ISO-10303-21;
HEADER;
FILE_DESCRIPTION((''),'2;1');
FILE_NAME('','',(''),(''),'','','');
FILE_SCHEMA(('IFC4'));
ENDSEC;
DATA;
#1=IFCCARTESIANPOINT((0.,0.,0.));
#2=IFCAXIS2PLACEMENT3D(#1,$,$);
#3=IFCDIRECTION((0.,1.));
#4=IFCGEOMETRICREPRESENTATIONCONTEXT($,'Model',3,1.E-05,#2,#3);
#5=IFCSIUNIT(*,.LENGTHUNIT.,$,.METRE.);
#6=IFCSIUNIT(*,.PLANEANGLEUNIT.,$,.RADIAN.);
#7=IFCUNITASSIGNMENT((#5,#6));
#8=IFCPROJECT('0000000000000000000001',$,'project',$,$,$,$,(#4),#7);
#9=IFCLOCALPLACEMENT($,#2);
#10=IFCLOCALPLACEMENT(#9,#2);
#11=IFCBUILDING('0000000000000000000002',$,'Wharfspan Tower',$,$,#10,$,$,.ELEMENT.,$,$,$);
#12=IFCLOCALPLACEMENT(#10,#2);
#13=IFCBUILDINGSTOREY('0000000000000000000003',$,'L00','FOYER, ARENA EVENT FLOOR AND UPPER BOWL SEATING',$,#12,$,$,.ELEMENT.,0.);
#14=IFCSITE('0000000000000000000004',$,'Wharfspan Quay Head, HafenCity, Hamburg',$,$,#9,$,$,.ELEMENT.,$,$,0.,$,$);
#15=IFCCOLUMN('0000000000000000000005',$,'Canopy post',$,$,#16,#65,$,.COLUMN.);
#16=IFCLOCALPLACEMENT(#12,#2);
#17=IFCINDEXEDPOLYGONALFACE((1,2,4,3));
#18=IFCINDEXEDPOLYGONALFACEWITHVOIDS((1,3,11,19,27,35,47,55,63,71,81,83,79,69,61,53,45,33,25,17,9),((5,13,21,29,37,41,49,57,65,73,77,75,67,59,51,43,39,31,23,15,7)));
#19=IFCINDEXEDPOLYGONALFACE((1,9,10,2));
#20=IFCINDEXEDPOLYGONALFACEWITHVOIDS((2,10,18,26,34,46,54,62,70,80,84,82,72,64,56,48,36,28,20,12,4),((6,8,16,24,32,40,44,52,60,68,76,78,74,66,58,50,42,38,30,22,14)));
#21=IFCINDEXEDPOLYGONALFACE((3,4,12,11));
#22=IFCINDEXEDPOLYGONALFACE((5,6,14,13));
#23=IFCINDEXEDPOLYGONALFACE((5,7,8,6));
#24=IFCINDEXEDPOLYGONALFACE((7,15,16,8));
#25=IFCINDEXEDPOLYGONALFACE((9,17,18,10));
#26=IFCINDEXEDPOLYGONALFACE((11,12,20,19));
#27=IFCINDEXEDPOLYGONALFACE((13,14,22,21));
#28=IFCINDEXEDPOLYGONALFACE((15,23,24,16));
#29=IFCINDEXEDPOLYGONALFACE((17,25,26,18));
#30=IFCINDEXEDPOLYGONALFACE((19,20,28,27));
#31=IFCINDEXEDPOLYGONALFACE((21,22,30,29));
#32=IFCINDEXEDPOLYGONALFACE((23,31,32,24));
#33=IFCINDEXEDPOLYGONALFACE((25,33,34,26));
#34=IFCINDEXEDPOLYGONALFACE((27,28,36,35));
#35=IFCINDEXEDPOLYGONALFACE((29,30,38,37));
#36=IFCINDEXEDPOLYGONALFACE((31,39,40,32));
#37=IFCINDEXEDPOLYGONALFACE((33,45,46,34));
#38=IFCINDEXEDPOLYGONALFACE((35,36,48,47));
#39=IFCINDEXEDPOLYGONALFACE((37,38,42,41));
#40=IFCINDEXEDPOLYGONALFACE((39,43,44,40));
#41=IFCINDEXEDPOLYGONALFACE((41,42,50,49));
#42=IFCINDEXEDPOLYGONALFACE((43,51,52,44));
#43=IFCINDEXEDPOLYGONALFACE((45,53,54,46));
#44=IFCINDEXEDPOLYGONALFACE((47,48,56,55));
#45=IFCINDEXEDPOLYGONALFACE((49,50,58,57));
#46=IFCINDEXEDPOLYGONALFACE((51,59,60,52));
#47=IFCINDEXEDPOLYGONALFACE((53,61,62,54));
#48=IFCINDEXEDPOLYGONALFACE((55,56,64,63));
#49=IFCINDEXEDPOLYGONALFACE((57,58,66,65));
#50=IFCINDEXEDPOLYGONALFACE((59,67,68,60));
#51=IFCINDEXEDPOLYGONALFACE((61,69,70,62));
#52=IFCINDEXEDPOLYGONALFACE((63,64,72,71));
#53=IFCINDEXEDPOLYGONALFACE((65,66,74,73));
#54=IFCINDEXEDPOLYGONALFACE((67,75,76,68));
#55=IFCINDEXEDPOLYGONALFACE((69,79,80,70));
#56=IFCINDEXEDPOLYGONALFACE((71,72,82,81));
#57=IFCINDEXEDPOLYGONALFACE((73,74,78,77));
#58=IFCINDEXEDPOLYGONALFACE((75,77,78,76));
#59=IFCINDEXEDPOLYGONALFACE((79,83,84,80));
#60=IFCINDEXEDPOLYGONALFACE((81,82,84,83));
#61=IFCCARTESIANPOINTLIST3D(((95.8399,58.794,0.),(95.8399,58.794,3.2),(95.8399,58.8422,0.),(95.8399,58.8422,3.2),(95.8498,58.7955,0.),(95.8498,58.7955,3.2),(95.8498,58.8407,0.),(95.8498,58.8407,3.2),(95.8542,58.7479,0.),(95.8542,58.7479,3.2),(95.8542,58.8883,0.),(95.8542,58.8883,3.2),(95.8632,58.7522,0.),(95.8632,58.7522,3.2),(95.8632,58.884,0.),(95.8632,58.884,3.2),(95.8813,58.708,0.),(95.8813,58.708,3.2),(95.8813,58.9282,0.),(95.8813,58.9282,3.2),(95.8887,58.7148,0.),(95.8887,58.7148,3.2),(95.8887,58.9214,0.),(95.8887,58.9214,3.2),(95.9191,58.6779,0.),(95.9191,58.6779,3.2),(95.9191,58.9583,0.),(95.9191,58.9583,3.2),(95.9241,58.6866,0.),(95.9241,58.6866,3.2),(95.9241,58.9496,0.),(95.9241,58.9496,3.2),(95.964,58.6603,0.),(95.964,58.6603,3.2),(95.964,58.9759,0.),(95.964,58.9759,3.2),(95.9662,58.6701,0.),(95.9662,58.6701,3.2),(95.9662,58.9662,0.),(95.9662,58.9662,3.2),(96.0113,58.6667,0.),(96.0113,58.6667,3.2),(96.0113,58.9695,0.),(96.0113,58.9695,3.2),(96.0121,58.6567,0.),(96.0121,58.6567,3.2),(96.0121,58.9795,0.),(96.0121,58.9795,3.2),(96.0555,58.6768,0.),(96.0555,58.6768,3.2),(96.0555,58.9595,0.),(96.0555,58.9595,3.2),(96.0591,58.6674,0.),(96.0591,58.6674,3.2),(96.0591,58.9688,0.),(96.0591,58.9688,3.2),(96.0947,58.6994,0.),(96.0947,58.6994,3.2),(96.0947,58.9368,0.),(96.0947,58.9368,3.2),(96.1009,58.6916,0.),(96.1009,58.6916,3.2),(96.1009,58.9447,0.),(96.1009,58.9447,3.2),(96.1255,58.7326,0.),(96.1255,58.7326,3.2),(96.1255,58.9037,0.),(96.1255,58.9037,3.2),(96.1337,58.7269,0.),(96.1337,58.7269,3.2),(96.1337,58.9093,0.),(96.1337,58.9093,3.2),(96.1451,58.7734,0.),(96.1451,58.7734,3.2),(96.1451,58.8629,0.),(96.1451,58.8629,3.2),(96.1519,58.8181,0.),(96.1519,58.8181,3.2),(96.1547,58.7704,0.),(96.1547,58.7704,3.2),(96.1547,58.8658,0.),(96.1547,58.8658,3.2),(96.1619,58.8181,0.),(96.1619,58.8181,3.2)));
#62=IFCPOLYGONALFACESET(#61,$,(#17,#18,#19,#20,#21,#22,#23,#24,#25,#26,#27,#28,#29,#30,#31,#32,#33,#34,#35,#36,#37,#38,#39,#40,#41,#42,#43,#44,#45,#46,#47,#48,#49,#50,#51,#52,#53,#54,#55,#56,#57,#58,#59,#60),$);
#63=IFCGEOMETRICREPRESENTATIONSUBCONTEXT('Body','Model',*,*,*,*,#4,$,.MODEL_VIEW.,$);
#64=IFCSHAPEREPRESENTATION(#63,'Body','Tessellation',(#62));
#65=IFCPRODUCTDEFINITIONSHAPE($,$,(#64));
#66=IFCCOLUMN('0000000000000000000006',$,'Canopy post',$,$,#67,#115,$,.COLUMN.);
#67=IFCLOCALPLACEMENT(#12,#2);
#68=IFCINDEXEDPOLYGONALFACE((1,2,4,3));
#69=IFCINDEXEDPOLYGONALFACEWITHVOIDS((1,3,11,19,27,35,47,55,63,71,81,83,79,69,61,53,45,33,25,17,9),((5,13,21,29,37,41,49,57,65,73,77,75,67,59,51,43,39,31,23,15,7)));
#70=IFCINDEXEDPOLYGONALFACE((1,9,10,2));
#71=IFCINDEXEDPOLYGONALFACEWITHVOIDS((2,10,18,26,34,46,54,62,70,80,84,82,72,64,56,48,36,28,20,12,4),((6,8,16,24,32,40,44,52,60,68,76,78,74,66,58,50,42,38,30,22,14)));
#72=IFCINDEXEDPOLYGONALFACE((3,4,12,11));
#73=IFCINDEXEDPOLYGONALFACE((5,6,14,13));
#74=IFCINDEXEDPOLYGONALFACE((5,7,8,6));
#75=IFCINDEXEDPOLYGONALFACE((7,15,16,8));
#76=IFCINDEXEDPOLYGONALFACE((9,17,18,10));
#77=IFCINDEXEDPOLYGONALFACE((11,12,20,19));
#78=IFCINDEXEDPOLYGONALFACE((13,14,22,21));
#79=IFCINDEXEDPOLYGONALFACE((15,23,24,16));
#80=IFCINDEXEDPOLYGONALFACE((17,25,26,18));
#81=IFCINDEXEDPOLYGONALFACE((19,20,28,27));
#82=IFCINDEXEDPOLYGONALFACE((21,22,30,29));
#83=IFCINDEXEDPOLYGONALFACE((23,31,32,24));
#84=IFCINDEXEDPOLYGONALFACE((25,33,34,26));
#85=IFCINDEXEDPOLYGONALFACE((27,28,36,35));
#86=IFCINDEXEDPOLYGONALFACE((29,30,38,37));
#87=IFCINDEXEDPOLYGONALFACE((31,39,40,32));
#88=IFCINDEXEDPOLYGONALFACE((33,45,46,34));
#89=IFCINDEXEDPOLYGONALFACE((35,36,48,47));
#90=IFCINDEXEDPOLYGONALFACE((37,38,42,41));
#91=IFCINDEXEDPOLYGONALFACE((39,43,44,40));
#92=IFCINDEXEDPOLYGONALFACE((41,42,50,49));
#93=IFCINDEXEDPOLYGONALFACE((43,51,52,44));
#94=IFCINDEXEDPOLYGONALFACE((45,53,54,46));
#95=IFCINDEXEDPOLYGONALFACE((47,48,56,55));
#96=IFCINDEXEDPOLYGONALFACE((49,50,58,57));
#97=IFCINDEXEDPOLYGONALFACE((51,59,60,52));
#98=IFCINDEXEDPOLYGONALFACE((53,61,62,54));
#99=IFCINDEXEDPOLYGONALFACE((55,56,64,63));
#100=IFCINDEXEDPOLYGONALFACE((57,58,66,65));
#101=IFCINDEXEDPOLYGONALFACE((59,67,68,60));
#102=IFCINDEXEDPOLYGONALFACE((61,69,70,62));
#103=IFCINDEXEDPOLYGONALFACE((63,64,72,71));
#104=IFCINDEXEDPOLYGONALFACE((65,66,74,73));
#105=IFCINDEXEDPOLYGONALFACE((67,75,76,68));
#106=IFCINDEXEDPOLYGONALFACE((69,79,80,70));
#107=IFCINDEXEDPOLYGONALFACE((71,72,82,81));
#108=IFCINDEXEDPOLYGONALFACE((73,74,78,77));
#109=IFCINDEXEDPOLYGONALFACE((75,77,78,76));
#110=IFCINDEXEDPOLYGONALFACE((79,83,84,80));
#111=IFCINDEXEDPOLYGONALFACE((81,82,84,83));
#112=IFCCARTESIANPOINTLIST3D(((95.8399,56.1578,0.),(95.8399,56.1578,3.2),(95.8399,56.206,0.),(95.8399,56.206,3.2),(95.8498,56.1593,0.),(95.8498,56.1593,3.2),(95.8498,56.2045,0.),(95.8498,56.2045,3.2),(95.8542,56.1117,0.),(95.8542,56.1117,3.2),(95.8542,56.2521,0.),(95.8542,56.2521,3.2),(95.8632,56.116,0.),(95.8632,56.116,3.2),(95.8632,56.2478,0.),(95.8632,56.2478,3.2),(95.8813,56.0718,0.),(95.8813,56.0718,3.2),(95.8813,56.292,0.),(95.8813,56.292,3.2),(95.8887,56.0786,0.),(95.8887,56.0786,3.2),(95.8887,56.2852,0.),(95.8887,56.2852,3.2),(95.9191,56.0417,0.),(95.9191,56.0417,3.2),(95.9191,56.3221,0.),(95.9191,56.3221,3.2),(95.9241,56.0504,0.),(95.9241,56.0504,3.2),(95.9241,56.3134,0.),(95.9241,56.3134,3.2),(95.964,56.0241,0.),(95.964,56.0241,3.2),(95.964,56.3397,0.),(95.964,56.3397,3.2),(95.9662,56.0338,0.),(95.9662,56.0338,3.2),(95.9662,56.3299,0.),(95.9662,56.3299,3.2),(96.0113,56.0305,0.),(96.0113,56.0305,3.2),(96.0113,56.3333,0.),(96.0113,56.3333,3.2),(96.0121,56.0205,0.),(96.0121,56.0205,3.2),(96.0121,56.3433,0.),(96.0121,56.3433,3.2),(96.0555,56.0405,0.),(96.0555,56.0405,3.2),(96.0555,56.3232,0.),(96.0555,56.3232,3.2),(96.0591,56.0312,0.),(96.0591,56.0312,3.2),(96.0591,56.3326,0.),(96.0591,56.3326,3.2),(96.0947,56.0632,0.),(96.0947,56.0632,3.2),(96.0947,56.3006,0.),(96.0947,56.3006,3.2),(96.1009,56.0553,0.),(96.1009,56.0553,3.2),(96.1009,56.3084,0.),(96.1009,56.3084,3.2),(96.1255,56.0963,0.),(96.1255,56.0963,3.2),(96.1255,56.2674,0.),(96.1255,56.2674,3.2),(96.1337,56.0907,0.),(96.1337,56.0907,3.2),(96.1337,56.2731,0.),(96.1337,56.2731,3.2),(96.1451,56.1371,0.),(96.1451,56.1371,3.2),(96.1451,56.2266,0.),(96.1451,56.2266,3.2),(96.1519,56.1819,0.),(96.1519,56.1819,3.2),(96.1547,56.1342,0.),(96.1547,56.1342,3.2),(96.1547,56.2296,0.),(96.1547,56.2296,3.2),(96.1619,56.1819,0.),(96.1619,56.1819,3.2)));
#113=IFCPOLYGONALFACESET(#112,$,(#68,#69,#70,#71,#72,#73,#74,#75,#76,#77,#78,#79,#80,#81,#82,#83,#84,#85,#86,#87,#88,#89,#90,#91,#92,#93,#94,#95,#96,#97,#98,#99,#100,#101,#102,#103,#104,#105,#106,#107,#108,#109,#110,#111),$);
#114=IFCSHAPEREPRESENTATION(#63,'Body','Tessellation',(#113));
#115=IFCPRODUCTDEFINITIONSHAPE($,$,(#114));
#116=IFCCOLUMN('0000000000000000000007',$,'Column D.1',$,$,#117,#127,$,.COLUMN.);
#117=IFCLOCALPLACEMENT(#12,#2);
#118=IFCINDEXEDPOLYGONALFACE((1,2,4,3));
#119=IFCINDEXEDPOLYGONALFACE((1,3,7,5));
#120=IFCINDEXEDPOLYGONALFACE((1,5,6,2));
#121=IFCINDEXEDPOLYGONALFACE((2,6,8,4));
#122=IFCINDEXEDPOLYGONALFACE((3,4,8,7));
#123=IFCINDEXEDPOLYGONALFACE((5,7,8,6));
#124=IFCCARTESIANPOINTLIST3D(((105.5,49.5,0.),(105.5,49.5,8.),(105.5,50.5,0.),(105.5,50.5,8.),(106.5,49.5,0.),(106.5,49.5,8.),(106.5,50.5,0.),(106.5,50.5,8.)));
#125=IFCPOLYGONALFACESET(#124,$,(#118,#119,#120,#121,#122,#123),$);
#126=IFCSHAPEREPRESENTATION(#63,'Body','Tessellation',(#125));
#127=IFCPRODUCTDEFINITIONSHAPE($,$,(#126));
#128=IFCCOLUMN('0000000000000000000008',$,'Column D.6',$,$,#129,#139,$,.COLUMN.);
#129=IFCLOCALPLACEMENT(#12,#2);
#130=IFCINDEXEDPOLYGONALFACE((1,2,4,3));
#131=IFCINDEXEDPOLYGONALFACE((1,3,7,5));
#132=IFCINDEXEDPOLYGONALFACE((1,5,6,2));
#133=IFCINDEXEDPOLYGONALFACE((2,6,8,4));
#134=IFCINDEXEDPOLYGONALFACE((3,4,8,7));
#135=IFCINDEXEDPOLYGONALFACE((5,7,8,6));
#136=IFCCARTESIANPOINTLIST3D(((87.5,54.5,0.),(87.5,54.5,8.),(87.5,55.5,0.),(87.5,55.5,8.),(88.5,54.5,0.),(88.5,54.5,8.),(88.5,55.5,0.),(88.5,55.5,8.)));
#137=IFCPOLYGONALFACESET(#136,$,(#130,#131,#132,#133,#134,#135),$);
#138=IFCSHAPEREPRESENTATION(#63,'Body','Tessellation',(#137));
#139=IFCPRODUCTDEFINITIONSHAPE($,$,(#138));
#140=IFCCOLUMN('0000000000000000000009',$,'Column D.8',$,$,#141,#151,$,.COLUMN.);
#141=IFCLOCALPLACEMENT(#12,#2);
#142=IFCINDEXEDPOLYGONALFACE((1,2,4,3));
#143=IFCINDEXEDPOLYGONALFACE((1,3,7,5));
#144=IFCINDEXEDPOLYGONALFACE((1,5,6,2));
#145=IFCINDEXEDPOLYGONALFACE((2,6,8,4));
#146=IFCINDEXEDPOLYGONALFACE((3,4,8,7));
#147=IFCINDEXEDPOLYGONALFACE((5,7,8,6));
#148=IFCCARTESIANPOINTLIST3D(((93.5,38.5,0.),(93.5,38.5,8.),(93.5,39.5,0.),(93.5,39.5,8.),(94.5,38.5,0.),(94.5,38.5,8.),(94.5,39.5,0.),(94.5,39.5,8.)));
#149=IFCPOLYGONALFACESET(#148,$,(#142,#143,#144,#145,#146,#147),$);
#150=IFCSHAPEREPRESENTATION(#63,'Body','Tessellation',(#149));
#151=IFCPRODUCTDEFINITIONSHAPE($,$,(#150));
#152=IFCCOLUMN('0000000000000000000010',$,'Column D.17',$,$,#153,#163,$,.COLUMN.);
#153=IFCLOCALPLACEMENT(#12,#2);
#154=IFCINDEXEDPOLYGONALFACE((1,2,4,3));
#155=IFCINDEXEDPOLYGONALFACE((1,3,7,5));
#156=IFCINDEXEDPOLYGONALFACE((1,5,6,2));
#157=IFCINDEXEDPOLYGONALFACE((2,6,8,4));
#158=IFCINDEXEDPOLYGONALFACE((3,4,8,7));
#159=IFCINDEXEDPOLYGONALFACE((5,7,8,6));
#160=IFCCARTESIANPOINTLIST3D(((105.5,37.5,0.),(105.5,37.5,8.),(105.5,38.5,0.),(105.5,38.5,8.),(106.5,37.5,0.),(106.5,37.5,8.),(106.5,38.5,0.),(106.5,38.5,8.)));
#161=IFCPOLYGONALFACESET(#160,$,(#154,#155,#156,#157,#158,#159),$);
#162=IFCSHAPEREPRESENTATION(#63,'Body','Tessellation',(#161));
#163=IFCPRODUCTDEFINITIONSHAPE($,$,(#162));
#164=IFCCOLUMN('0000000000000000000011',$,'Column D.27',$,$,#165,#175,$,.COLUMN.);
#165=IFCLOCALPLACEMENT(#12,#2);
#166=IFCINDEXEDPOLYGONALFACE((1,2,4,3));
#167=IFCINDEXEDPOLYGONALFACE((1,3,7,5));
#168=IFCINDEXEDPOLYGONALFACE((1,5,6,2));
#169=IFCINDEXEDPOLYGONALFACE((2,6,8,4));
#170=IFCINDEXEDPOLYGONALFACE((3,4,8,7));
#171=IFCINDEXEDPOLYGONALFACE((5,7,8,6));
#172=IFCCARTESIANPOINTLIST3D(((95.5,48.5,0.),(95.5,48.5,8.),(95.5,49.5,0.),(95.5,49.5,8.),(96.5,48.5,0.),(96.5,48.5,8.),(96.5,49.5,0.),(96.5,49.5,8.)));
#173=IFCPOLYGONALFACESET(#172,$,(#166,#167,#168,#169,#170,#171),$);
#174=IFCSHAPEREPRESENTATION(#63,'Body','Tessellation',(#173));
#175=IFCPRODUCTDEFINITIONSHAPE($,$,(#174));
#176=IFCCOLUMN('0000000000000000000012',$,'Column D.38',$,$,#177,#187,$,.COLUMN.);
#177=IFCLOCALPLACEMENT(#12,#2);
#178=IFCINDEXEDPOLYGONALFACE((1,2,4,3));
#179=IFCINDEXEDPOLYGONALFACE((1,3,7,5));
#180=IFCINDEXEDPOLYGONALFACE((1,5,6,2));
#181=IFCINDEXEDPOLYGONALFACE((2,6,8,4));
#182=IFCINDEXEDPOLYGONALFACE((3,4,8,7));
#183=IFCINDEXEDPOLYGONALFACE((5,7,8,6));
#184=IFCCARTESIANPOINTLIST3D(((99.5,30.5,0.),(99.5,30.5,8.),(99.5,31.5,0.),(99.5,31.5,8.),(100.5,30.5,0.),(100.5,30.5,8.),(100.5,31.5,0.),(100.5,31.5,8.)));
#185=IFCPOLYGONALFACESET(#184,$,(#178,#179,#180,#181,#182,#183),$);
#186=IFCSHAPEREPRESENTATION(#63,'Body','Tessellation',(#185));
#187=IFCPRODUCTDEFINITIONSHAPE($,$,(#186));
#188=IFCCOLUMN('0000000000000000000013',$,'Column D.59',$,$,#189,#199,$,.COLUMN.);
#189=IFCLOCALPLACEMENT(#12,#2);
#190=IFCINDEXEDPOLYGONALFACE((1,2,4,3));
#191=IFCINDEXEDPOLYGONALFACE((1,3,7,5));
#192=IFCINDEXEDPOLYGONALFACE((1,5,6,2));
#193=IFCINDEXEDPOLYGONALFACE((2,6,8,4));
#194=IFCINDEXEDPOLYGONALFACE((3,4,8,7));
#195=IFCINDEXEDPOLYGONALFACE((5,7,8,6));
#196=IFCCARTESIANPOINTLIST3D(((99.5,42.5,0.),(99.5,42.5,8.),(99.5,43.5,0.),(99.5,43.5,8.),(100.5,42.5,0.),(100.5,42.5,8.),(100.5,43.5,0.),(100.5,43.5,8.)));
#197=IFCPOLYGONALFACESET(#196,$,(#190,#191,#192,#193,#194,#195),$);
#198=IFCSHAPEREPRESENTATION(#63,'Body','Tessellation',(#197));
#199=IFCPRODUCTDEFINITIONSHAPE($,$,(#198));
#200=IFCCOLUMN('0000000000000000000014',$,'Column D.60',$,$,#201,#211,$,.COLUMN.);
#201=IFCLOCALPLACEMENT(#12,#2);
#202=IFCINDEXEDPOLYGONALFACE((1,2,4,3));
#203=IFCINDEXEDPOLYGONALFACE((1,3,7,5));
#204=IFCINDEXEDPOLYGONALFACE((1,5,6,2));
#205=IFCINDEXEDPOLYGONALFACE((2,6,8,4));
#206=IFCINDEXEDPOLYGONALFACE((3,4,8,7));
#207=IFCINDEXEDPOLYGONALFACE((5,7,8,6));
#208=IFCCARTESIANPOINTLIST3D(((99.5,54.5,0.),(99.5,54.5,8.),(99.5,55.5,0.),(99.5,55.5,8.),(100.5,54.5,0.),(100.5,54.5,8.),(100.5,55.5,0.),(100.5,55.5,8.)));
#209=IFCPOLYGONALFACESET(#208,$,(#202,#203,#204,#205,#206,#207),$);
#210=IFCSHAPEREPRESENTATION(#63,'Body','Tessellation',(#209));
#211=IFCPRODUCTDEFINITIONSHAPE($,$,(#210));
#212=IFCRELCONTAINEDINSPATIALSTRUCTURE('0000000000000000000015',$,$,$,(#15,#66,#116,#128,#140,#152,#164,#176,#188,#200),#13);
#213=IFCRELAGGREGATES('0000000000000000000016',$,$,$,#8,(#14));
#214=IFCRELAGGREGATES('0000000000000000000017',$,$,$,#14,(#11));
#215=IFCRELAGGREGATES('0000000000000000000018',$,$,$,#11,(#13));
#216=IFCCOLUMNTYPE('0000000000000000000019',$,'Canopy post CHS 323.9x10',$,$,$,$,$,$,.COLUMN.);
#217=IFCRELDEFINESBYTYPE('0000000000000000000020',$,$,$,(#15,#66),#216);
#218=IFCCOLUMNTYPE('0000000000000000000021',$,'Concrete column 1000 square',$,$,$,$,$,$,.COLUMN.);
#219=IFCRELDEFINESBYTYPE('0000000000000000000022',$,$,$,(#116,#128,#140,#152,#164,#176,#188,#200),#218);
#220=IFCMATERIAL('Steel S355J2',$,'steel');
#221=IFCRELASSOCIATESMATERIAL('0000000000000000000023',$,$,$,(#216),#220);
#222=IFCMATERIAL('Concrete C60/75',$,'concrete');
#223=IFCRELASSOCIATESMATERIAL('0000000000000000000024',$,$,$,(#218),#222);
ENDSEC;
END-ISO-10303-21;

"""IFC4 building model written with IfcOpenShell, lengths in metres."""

from ifc_helpers import new_model, si_unit, direction, frame, origin, origin_2d, place, context, subcontext, project, spatial, rectangle, hollow_circle, extrude, material, material_profile, profile_set, type_object, element, save


model = new_model("IFC4")

# Units and contexts
model_context = context("Model", 3, precision=1e-05, world=origin(), true_north=direction((0.0, 1.0)))
body_context = subcontext(model_context, "Body", "Model", "MODEL_VIEW")
ifc_project = project(units=[si_unit("LENGTHUNIT", "METRE"), si_unit("PLANEANGLEUNIT", "RADIAN")], contexts=[model_context])

# Site, building, storey
site_placement = place(None, origin())
site = spatial("IfcSite", under=ifc_project, at=site_placement, Name="Wharfspan Quay Head, HafenCity, Hamburg", CompositionType="ELEMENT", RefElevation=0.0)
building_placement = place(site_placement, origin())
building = spatial("IfcBuilding", under=site, at=building_placement, Name="Wharfspan Tower", CompositionType="ELEMENT")
storey_placement = place(building_placement, origin())
storey = spatial("IfcBuildingStorey", under=building, at=storey_placement, Name="L00", Description="FOYER, ARENA EVENT FLOOR AND UPPER BOWL SEATING", CompositionType="ELEMENT", Elevation=0.0)

# Columns
ifc_material_1 = material(Name="Steel S355J2", Category="steel")
ifc_material_profile_1 = material_profile(ifc_material_1, hollow_circle(Radius=0.1619, WallThickness=0.01, at=origin_2d()))
ifc_profile_set_1 = profile_set([ifc_material_profile_1], Name="Steel S355J2")
column_type_1 = type_object("IfcColumnType", Name="Canopy post CHS 323.9x10", PredefinedType="COLUMN", material=ifc_profile_set_1)
for number, where, z_axis, x_axis, name in (
    (1, (96.0, 58.8181, 0.0), (0.0, 0.0, 1.0), (1.0, 0.0, 0.0), "Canopy post"),
    (2, (96.0, 56.1819, 0.0), (0.0, 0.0, 1.0), (1.0, 0.0, 0.0), "Canopy post"),
):
    element("IfcColumn", number, at=place(storey_placement, frame(where, z_axis=z_axis, x_axis=x_axis)), inside=storey, type_object=column_type_1, Name=name, PredefinedType="COLUMN", context=body_context, shape_type="SweptSolid", body=[
        extrude(hollow_circle(Radius=0.1619, WallThickness=0.01, at=origin_2d()), origin(), (0.0, 0.0, 1.0), 3.2),
    ])
ifc_material_2 = material(Name="Concrete C60/75", Category="concrete")
ifc_material_profile_2 = material_profile(ifc_material_2, rectangle(XDim=1.0, YDim=1.0, at=origin_2d()))
ifc_profile_set_2 = profile_set([ifc_material_profile_2], Name="Concrete C60/75")
column_type_2 = type_object("IfcColumnType", Name="Concrete column 1000 square", PredefinedType="COLUMN", material=ifc_profile_set_2)
for number, where, z_axis, x_axis, name in (
    (3, (106.0, 50.0, 0.0), (0.0, 0.0, 1.0), (1.0, 0.0, 0.0), "Column D.1"),
    (4, (88.0, 55.0, 0.0), (0.0, 0.0, 1.0), (1.0, 0.0, 0.0), "Column D.6"),
    (5, (94.0, 39.0, 0.0), (0.0, 0.0, 1.0), (1.0, 0.0, 0.0), "Column D.8"),
    (6, (106.0, 38.0, 0.0), (0.0, 0.0, 1.0), (1.0, 0.0, 0.0), "Column D.17"),
    (7, (96.0, 49.0, 0.0), (0.0, 0.0, 1.0), (1.0, 0.0, 0.0), "Column D.27"),
    (8, (100.0, 31.0, 0.0), (0.0, 0.0, 1.0), (1.0, 0.0, 0.0), "Column D.38"),
    (9, (100.0, 43.0, 0.0), (0.0, 0.0, 1.0), (1.0, 0.0, 0.0), "Column D.59"),
    (10, (100.0, 55.0, 0.0), (0.0, 0.0, 1.0), (1.0, 0.0, 0.0), "Column D.60"),
):
    element("IfcColumn", number, at=place(storey_placement, frame(where, z_axis=z_axis, x_axis=x_axis)), inside=storey, type_object=column_type_2, Name=name, PredefinedType="COLUMN", context=body_context, shape_type="SweptSolid", body=[
        extrude(rectangle(XDim=1.0, YDim=1.0, at=origin_2d()), origin(), (0.0, 0.0, 1.0), 8.0),
    ])

save(model, "model.ifc")
